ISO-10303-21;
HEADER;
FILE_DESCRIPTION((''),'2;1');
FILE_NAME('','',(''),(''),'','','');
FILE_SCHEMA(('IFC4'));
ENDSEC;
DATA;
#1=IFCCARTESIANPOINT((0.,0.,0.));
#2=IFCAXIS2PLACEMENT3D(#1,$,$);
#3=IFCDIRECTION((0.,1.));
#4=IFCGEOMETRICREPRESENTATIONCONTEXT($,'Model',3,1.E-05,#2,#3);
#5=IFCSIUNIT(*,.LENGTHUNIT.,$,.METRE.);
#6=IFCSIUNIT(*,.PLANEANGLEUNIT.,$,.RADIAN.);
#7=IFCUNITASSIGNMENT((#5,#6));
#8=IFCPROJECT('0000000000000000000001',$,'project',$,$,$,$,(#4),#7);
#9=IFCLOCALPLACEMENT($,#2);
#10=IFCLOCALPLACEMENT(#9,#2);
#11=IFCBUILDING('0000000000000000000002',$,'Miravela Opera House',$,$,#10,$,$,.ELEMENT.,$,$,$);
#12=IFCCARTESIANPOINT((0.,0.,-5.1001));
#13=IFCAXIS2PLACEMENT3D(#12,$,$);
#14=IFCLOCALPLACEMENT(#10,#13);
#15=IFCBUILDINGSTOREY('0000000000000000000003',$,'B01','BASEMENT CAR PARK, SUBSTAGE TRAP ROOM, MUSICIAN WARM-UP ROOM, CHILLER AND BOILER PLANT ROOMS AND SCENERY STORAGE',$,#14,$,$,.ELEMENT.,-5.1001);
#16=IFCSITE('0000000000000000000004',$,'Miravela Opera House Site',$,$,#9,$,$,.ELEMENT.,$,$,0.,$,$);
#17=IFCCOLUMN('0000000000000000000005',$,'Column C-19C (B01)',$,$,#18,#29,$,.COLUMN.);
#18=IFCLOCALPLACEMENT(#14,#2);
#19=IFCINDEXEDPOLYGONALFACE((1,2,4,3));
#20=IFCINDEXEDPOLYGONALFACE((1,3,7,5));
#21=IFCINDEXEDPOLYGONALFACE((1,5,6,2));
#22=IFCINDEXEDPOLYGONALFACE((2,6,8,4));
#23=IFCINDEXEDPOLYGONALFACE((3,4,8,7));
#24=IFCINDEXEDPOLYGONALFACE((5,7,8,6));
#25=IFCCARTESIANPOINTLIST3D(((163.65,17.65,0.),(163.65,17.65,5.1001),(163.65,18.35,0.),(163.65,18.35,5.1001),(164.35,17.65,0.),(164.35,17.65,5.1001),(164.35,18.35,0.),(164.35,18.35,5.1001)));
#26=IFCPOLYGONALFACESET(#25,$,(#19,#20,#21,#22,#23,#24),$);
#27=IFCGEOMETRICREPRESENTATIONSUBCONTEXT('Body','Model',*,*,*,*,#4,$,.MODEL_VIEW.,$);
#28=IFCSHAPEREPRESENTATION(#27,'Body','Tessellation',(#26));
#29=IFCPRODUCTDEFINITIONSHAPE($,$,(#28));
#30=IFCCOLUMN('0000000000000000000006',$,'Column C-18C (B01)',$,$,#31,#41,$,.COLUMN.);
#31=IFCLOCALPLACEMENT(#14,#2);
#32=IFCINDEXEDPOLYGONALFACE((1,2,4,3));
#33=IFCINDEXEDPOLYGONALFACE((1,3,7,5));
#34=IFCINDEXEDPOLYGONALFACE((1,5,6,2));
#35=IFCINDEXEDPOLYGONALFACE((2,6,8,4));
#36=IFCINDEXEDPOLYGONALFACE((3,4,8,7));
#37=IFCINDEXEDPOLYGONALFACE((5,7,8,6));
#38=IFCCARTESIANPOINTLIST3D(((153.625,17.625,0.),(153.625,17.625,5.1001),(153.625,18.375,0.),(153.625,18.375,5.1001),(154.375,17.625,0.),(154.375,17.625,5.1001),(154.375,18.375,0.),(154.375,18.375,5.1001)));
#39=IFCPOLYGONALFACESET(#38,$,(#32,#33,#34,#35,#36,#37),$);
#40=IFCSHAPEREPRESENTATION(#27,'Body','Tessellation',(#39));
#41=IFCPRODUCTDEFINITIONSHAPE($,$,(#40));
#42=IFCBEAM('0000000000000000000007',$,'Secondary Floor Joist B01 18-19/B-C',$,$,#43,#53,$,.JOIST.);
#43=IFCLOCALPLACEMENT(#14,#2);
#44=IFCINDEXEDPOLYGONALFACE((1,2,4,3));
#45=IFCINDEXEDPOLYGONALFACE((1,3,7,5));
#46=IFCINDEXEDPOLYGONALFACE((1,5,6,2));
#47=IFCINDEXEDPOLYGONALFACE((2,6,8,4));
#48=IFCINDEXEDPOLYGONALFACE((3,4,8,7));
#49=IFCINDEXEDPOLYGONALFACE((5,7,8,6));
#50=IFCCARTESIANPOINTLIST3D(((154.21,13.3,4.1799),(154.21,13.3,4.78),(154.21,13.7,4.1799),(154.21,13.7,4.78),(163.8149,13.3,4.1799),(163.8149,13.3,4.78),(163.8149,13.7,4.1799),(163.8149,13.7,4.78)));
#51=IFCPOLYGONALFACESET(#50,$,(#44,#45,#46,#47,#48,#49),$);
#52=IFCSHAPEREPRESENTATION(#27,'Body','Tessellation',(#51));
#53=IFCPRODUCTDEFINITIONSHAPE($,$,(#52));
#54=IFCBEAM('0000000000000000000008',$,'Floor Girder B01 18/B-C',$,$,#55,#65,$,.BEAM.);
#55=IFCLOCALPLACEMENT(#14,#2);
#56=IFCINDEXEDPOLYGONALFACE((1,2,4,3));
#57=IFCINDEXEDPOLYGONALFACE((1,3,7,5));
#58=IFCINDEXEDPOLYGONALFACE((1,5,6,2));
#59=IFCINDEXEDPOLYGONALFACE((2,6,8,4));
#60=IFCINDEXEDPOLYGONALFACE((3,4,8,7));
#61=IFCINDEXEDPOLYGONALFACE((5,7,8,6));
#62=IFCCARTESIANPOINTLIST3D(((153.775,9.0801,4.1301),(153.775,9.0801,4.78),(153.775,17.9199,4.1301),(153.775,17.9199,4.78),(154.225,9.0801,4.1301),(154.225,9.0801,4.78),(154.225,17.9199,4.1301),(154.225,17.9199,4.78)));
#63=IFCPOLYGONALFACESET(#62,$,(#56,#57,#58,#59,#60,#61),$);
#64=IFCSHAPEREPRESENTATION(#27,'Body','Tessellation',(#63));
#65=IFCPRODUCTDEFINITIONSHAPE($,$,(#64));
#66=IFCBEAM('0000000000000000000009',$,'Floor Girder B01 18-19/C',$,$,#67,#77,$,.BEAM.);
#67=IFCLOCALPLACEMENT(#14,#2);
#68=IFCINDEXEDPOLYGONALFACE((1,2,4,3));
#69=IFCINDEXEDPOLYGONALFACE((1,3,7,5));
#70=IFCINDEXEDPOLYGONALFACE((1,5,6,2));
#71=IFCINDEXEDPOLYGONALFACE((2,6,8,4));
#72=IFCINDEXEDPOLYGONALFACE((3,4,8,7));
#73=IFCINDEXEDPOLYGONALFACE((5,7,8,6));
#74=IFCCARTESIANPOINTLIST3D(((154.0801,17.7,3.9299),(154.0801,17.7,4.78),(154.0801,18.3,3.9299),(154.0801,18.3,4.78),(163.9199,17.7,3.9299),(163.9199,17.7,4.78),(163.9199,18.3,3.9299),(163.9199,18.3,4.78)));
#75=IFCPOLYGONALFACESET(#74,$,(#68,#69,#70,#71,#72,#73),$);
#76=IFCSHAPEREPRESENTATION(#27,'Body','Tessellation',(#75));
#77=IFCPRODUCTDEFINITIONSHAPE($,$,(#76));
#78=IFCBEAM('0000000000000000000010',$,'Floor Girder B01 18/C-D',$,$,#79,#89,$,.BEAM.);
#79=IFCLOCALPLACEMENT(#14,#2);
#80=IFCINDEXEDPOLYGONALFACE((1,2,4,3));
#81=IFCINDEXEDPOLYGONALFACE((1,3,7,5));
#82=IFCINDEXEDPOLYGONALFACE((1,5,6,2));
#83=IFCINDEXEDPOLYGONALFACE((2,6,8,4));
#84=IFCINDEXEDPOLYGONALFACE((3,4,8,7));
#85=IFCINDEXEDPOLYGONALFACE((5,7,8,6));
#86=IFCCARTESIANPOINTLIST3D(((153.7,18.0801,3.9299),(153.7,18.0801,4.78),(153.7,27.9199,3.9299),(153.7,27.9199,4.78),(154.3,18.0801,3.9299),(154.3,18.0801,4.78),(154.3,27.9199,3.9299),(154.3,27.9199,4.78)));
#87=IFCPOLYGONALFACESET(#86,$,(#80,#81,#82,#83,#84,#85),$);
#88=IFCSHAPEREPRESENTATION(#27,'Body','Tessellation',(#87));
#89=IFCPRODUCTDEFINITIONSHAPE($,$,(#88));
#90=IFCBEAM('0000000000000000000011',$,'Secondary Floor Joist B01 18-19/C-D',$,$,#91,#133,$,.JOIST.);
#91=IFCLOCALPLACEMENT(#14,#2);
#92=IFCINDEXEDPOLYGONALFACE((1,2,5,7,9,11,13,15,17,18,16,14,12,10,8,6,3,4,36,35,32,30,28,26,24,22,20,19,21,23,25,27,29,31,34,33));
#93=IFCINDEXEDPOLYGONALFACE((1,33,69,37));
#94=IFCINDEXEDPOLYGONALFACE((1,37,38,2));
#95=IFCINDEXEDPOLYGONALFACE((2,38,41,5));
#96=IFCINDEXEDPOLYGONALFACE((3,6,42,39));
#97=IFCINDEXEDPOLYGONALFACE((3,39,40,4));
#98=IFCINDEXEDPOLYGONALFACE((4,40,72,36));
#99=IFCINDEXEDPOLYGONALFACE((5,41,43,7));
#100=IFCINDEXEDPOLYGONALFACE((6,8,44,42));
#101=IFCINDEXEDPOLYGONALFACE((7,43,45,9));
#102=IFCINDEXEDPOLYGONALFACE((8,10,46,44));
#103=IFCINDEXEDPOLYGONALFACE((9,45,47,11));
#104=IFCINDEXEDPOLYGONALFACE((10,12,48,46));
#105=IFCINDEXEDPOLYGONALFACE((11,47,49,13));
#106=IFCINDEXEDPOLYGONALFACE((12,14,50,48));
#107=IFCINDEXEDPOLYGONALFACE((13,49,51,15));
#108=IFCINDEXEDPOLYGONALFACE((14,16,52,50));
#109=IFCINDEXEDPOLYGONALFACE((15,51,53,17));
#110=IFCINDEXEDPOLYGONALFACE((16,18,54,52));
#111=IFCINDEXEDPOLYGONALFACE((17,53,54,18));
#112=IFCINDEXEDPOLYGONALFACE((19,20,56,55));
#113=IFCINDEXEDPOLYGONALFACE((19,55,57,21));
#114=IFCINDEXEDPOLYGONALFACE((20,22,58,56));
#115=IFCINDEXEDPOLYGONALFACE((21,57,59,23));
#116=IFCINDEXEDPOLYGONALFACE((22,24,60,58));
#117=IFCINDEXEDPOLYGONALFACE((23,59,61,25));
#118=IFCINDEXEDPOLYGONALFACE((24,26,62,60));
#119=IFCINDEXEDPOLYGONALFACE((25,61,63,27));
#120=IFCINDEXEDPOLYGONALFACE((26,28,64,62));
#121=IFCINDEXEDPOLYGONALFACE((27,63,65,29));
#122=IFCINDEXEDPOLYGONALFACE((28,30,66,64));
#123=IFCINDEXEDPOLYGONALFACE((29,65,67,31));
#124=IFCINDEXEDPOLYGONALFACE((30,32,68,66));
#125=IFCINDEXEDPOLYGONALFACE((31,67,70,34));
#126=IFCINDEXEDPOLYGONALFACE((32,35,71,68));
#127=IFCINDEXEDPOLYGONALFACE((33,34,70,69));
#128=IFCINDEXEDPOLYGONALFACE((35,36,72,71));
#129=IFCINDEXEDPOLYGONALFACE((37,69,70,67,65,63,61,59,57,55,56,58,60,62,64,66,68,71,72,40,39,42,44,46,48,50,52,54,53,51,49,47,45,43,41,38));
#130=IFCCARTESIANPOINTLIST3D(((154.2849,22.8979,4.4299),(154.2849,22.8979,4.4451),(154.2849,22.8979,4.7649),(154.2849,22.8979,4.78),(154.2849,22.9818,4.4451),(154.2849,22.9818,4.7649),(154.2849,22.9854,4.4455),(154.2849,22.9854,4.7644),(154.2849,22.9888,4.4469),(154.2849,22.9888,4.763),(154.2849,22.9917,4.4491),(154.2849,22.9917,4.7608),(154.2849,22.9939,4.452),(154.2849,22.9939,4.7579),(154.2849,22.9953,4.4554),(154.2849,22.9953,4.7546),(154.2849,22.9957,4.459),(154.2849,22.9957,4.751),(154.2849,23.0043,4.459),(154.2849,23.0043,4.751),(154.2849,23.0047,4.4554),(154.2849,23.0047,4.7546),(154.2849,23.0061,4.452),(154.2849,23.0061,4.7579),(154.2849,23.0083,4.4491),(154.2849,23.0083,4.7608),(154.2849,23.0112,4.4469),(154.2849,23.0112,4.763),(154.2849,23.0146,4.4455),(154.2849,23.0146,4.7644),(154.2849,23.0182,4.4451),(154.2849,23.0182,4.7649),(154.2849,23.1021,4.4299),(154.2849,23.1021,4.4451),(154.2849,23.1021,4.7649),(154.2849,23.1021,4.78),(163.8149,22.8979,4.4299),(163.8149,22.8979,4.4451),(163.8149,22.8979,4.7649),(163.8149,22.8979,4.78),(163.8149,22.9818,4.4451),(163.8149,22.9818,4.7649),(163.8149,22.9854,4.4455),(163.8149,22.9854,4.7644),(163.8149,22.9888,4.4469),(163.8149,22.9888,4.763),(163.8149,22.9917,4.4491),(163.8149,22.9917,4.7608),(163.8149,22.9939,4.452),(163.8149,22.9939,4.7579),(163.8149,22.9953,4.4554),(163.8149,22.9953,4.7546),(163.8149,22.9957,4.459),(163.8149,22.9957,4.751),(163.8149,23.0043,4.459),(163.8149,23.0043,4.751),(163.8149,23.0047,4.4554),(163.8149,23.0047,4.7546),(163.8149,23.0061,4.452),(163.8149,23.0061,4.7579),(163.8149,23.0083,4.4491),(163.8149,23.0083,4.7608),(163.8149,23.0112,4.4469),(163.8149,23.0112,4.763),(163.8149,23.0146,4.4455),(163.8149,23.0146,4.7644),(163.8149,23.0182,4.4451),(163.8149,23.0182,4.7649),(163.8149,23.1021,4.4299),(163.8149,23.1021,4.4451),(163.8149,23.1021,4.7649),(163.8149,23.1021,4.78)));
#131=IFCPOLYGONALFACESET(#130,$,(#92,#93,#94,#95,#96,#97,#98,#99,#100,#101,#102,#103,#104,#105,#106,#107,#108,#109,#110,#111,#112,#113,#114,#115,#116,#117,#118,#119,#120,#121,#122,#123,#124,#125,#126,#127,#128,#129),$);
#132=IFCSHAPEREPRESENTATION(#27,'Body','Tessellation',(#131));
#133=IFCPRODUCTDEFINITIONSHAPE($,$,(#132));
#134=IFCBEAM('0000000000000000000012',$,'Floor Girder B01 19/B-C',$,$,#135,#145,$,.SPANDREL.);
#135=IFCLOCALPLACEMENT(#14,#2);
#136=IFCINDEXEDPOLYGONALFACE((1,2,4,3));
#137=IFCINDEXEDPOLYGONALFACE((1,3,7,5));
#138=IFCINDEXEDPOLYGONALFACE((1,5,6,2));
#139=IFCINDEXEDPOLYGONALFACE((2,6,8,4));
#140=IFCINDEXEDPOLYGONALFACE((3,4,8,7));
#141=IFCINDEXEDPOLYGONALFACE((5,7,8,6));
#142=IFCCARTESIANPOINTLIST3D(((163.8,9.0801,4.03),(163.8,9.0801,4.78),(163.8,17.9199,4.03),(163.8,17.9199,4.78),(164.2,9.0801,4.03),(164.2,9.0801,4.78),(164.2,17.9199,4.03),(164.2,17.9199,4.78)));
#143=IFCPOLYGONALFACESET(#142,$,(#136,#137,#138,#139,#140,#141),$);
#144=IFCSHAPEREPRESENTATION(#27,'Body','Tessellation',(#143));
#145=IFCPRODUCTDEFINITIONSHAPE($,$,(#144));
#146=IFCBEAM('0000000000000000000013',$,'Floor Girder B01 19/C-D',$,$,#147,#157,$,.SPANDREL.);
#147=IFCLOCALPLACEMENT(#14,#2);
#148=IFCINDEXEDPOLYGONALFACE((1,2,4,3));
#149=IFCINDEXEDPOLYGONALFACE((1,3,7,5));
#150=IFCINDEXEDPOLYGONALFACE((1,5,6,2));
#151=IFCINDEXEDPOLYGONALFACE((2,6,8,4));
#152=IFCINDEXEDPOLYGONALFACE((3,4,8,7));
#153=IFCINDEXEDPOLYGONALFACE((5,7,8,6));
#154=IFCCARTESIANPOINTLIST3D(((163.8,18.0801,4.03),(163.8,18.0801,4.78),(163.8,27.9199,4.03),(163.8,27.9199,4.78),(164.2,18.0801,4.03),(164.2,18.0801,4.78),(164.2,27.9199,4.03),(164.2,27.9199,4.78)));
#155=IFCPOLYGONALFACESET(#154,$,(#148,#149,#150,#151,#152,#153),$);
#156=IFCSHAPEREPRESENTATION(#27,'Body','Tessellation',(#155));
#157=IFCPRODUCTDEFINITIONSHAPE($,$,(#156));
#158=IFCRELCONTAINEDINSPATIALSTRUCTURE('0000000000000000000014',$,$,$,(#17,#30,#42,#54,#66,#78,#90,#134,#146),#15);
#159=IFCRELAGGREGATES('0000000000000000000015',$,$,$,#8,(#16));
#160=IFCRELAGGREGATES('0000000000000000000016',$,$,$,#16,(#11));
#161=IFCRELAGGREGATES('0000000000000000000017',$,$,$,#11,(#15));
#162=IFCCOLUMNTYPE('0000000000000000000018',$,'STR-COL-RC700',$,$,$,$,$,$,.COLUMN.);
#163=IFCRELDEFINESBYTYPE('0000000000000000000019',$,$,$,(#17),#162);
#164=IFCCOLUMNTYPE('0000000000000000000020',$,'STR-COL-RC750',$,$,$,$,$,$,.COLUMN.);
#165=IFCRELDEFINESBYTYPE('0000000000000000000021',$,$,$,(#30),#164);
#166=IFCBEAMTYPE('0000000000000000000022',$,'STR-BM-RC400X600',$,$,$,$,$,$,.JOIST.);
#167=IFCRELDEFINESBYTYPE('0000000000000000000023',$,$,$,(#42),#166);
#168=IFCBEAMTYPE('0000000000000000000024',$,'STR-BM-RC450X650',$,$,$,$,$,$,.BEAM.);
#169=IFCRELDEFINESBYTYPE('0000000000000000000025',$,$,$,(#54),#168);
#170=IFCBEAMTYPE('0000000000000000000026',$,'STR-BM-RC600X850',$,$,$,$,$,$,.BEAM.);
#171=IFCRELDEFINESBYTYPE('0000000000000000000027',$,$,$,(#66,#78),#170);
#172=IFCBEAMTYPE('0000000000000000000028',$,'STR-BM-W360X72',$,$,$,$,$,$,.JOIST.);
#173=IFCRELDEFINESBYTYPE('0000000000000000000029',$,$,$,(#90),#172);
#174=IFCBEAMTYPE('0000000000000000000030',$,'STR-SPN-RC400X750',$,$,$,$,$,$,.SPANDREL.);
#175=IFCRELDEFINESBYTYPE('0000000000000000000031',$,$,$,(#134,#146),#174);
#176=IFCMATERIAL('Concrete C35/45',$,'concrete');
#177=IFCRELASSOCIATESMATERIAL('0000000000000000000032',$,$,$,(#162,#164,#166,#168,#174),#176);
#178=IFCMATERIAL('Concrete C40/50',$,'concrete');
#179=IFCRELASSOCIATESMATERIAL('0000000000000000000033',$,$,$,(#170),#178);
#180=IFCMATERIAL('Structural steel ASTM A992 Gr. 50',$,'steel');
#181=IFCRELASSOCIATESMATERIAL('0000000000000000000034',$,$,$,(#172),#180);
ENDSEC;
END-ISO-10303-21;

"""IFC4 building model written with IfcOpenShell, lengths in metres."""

from ifc_helpers import new_model, si_unit, direction, frame, origin, origin_2d, place, context, subcontext, project, spatial, rectangle, i_section, extrude, material, material_profile, profile_set, type_object, element, save


model = new_model("IFC4")

# Units and contexts
model_context = context("Model", 3, precision=1e-05, world=origin(), true_north=direction((0.0, 1.0)))
body_context = subcontext(model_context, "Body", "Model", "MODEL_VIEW")
ifc_project = project(units=[si_unit("LENGTHUNIT", "METRE"), si_unit("PLANEANGLEUNIT", "RADIAN")], contexts=[model_context])

# Site, building, storey
site_placement = place(None, origin())
site = spatial("IfcSite", under=ifc_project, at=site_placement, Name="Miravela Opera House Site", CompositionType="ELEMENT", RefElevation=0.0)
building_placement = place(site_placement, origin())
building = spatial("IfcBuilding", under=site, at=building_placement, Name="Miravela Opera House", CompositionType="ELEMENT")
storey_placement = place(building_placement, frame((0.0, 0.0, -5.1001)))
storey = spatial("IfcBuildingStorey", under=building, at=storey_placement, Name="B01", Description="BASEMENT CAR PARK, SUBSTAGE TRAP ROOM, MUSICIAN WARM-UP ROOM, CHILLER AND BOILER PLANT ROOMS AND SCENERY STORAGE", CompositionType="ELEMENT", Elevation=-5.1001)

# Shared definitions
ifc_material_1 = material(Name="Concrete C35/45", Category="concrete")

# Columns
ifc_material_profile_1 = material_profile(ifc_material_1, rectangle(XDim=0.7, YDim=0.7, at=origin_2d()), Name="RC-COL-700X700")
ifc_profile_set_1 = profile_set([ifc_material_profile_1])
column_type_1 = type_object("IfcColumnType", Name="STR-COL-RC700", PredefinedType="COLUMN", material=ifc_profile_set_1)
column_1_placement = place(storey_placement, frame((164.0, 18.0, 0.0), z_axis=(0.0, 0.0, 1.0), x_axis=(1.0, 0.0, 0.0)))
element("IfcColumn", 1, at=column_1_placement, inside=storey, type_object=column_type_1, Name="Column C-19C (B01)", PredefinedType="COLUMN", context=body_context, shape_type="SweptSolid", body=[
    extrude(rectangle(XDim=0.7, YDim=0.7, at=origin_2d()), origin(), (0.0, 0.0, 1.0), 5.1001),
])
ifc_material_profile_2 = material_profile(ifc_material_1, rectangle(XDim=0.75, YDim=0.75, at=origin_2d()), Name="RC-COL-750X750")
ifc_profile_set_2 = profile_set([ifc_material_profile_2])
column_type_2 = type_object("IfcColumnType", Name="STR-COL-RC750", PredefinedType="COLUMN", material=ifc_profile_set_2)
column_2_placement = place(storey_placement, frame((154.0, 18.0, 0.0), z_axis=(0.0, 0.0, 1.0), x_axis=(1.0, 0.0, 0.0)))
element("IfcColumn", 2, at=column_2_placement, inside=storey, type_object=column_type_2, Name="Column C-18C (B01)", PredefinedType="COLUMN", context=body_context, shape_type="SweptSolid", body=[
    extrude(rectangle(XDim=0.75, YDim=0.75, at=origin_2d()), origin(), (0.0, 0.0, 1.0), 5.1001),
])

# Beams
ifc_material_profile_3 = material_profile(ifc_material_1, rectangle(XDim=0.3999, YDim=0.6001, at=origin_2d()), Name="RC-BM-400X600")
ifc_profile_set_3 = profile_set([ifc_material_profile_3])
beam_type_1 = type_object("IfcBeamType", Name="STR-BM-RC400X600", PredefinedType="JOIST", material=ifc_profile_set_3)
beam_1_placement = place(storey_placement, frame((154.21, 13.5, 4.48), z_axis=(1.0, 0.0, 0.0), x_axis=(0.0, 1.0, 0.0)))
element("IfcBeam", 3, at=beam_1_placement, inside=storey, type_object=beam_type_1, Name="Secondary Floor Joist B01 18-19/B-C", PredefinedType="JOIST", context=body_context, shape_type="SweptSolid", body=[
    extrude(rectangle(XDim=0.3999, YDim=0.6001, at=origin_2d()), origin(), (0.0, 0.0, 1.0), 9.605),
])
ifc_material_profile_4 = material_profile(ifc_material_1, rectangle(XDim=0.45, YDim=0.6499, at=origin_2d()), Name="RC-BM-450X650")
ifc_profile_set_4 = profile_set([ifc_material_profile_4])
beam_type_2 = type_object("IfcBeamType", Name="STR-BM-RC450X650", PredefinedType="BEAM", material=ifc_profile_set_4)
beam_2_placement = place(storey_placement, frame((154.0, 9.0801, 4.4551), z_axis=(0.0, 1.0, 0.0), x_axis=(-1.0, 0.0, 0.0)))
element("IfcBeam", 4, at=beam_2_placement, inside=storey, type_object=beam_type_2, Name="Floor Girder B01 18/B-C", PredefinedType="BEAM", context=body_context, shape_type="SweptSolid", body=[
    extrude(rectangle(XDim=0.45, YDim=0.6499, at=origin_2d()), origin(), (0.0, 0.0, 1.0), 8.8398),
])
ifc_material_2 = material(Name="Concrete C40/50", Category="concrete")
ifc_material_profile_5 = material_profile(ifc_material_2, rectangle(XDim=0.6001, YDim=0.8501, at=origin_2d()), Name="RC-BM-600X850")
ifc_profile_set_5 = profile_set([ifc_material_profile_5])
beam_type_3 = type_object("IfcBeamType", Name="STR-BM-RC600X850", PredefinedType="BEAM", material=ifc_profile_set_5)
for number, where, z_axis, x_axis, name in (
    (5, (154.0801, 18.0, 4.355), (1.0, 0.0, 0.0), (0.0, 1.0, 0.0), "Floor Girder B01 18-19/C"),
    (6, (154.0, 18.0801, 4.355), (0.0, 1.0, 0.0), (-1.0, 0.0, 0.0), "Floor Girder B01 18/C-D"),
):
    element("IfcBeam", number, at=place(storey_placement, frame(where, z_axis=z_axis, x_axis=x_axis)), inside=storey, type_object=beam_type_3, Name=name, PredefinedType="BEAM", context=body_context, shape_type="SweptSolid", body=[
        extrude(rectangle(XDim=0.6001, YDim=0.8501, at=origin_2d()), origin(), (0.0, 0.0, 1.0), 9.8398),
    ])
ifc_material_3 = material(Name="Structural steel ASTM A992 Gr. 50", Category="steel")
ifc_material_profile_6 = material_profile(ifc_material_3, i_section(OverallWidth=0.2041, OverallDepth=0.3501, WebThickness=0.0085, FlangeThickness=0.0151, FilletRadius=0.0139, at=origin_2d()), Name="W360X72")
ifc_profile_set_6 = profile_set([ifc_material_profile_6])
beam_type_4 = type_object("IfcBeamType", Name="STR-BM-W360X72", PredefinedType="JOIST", material=ifc_profile_set_6)
beam_3_placement = place(storey_placement, frame((154.2849, 23.0, 4.605), z_axis=(1.0, 0.0, 0.0), x_axis=(0.0, 1.0, 0.0)))
element("IfcBeam", 7, at=beam_3_placement, inside=storey, type_object=beam_type_4, Name="Secondary Floor Joist B01 18-19/C-D", PredefinedType="JOIST", context=body_context, shape_type="SweptSolid", body=[
    extrude(i_section(OverallWidth=0.2041, OverallDepth=0.3501, WebThickness=0.0085, FlangeThickness=0.0151, FilletRadius=0.0139, at=origin_2d()), origin(), (0.0, 0.0, 1.0), 9.53),
])
ifc_material_profile_7 = material_profile(ifc_material_1, rectangle(XDim=0.3999, YDim=0.75, at=origin_2d()), Name="RC-SPN-400X750")
ifc_profile_set_7 = profile_set([ifc_material_profile_7])
beam_type_5 = type_object("IfcBeamType", Name="STR-SPN-RC400X750", PredefinedType="SPANDREL", material=ifc_profile_set_7)
beam_4_placement = place(storey_placement, frame((164.0, 9.0801, 4.405), z_axis=(0.0, 1.0, 0.0), x_axis=(-1.0, 0.0, 0.0)))
element("IfcBeam", 8, at=beam_4_placement, inside=storey, type_object=beam_type_5, Name="Floor Girder B01 19/B-C", PredefinedType="SPANDREL", context=body_context, shape_type="SweptSolid", body=[
    extrude(rectangle(XDim=0.3999, YDim=0.75, at=origin_2d()), origin(), (0.0, 0.0, 1.0), 8.8398),
])
beam_5_placement = place(storey_placement, frame((164.0, 18.0801, 4.405), z_axis=(0.0, 1.0, 0.0), x_axis=(-1.0, 0.0, 0.0)))
element("IfcBeam", 9, at=beam_5_placement, inside=storey, type_object=beam_type_5, Name="Floor Girder B01 19/C-D", PredefinedType="SPANDREL", context=body_context, shape_type="SweptSolid", body=[
    extrude(rectangle(XDim=0.3999, YDim=0.75, at=origin_2d()), origin(), (0.0, 0.0, 1.0), 9.8398),
])

save(model, "model.ifc")
